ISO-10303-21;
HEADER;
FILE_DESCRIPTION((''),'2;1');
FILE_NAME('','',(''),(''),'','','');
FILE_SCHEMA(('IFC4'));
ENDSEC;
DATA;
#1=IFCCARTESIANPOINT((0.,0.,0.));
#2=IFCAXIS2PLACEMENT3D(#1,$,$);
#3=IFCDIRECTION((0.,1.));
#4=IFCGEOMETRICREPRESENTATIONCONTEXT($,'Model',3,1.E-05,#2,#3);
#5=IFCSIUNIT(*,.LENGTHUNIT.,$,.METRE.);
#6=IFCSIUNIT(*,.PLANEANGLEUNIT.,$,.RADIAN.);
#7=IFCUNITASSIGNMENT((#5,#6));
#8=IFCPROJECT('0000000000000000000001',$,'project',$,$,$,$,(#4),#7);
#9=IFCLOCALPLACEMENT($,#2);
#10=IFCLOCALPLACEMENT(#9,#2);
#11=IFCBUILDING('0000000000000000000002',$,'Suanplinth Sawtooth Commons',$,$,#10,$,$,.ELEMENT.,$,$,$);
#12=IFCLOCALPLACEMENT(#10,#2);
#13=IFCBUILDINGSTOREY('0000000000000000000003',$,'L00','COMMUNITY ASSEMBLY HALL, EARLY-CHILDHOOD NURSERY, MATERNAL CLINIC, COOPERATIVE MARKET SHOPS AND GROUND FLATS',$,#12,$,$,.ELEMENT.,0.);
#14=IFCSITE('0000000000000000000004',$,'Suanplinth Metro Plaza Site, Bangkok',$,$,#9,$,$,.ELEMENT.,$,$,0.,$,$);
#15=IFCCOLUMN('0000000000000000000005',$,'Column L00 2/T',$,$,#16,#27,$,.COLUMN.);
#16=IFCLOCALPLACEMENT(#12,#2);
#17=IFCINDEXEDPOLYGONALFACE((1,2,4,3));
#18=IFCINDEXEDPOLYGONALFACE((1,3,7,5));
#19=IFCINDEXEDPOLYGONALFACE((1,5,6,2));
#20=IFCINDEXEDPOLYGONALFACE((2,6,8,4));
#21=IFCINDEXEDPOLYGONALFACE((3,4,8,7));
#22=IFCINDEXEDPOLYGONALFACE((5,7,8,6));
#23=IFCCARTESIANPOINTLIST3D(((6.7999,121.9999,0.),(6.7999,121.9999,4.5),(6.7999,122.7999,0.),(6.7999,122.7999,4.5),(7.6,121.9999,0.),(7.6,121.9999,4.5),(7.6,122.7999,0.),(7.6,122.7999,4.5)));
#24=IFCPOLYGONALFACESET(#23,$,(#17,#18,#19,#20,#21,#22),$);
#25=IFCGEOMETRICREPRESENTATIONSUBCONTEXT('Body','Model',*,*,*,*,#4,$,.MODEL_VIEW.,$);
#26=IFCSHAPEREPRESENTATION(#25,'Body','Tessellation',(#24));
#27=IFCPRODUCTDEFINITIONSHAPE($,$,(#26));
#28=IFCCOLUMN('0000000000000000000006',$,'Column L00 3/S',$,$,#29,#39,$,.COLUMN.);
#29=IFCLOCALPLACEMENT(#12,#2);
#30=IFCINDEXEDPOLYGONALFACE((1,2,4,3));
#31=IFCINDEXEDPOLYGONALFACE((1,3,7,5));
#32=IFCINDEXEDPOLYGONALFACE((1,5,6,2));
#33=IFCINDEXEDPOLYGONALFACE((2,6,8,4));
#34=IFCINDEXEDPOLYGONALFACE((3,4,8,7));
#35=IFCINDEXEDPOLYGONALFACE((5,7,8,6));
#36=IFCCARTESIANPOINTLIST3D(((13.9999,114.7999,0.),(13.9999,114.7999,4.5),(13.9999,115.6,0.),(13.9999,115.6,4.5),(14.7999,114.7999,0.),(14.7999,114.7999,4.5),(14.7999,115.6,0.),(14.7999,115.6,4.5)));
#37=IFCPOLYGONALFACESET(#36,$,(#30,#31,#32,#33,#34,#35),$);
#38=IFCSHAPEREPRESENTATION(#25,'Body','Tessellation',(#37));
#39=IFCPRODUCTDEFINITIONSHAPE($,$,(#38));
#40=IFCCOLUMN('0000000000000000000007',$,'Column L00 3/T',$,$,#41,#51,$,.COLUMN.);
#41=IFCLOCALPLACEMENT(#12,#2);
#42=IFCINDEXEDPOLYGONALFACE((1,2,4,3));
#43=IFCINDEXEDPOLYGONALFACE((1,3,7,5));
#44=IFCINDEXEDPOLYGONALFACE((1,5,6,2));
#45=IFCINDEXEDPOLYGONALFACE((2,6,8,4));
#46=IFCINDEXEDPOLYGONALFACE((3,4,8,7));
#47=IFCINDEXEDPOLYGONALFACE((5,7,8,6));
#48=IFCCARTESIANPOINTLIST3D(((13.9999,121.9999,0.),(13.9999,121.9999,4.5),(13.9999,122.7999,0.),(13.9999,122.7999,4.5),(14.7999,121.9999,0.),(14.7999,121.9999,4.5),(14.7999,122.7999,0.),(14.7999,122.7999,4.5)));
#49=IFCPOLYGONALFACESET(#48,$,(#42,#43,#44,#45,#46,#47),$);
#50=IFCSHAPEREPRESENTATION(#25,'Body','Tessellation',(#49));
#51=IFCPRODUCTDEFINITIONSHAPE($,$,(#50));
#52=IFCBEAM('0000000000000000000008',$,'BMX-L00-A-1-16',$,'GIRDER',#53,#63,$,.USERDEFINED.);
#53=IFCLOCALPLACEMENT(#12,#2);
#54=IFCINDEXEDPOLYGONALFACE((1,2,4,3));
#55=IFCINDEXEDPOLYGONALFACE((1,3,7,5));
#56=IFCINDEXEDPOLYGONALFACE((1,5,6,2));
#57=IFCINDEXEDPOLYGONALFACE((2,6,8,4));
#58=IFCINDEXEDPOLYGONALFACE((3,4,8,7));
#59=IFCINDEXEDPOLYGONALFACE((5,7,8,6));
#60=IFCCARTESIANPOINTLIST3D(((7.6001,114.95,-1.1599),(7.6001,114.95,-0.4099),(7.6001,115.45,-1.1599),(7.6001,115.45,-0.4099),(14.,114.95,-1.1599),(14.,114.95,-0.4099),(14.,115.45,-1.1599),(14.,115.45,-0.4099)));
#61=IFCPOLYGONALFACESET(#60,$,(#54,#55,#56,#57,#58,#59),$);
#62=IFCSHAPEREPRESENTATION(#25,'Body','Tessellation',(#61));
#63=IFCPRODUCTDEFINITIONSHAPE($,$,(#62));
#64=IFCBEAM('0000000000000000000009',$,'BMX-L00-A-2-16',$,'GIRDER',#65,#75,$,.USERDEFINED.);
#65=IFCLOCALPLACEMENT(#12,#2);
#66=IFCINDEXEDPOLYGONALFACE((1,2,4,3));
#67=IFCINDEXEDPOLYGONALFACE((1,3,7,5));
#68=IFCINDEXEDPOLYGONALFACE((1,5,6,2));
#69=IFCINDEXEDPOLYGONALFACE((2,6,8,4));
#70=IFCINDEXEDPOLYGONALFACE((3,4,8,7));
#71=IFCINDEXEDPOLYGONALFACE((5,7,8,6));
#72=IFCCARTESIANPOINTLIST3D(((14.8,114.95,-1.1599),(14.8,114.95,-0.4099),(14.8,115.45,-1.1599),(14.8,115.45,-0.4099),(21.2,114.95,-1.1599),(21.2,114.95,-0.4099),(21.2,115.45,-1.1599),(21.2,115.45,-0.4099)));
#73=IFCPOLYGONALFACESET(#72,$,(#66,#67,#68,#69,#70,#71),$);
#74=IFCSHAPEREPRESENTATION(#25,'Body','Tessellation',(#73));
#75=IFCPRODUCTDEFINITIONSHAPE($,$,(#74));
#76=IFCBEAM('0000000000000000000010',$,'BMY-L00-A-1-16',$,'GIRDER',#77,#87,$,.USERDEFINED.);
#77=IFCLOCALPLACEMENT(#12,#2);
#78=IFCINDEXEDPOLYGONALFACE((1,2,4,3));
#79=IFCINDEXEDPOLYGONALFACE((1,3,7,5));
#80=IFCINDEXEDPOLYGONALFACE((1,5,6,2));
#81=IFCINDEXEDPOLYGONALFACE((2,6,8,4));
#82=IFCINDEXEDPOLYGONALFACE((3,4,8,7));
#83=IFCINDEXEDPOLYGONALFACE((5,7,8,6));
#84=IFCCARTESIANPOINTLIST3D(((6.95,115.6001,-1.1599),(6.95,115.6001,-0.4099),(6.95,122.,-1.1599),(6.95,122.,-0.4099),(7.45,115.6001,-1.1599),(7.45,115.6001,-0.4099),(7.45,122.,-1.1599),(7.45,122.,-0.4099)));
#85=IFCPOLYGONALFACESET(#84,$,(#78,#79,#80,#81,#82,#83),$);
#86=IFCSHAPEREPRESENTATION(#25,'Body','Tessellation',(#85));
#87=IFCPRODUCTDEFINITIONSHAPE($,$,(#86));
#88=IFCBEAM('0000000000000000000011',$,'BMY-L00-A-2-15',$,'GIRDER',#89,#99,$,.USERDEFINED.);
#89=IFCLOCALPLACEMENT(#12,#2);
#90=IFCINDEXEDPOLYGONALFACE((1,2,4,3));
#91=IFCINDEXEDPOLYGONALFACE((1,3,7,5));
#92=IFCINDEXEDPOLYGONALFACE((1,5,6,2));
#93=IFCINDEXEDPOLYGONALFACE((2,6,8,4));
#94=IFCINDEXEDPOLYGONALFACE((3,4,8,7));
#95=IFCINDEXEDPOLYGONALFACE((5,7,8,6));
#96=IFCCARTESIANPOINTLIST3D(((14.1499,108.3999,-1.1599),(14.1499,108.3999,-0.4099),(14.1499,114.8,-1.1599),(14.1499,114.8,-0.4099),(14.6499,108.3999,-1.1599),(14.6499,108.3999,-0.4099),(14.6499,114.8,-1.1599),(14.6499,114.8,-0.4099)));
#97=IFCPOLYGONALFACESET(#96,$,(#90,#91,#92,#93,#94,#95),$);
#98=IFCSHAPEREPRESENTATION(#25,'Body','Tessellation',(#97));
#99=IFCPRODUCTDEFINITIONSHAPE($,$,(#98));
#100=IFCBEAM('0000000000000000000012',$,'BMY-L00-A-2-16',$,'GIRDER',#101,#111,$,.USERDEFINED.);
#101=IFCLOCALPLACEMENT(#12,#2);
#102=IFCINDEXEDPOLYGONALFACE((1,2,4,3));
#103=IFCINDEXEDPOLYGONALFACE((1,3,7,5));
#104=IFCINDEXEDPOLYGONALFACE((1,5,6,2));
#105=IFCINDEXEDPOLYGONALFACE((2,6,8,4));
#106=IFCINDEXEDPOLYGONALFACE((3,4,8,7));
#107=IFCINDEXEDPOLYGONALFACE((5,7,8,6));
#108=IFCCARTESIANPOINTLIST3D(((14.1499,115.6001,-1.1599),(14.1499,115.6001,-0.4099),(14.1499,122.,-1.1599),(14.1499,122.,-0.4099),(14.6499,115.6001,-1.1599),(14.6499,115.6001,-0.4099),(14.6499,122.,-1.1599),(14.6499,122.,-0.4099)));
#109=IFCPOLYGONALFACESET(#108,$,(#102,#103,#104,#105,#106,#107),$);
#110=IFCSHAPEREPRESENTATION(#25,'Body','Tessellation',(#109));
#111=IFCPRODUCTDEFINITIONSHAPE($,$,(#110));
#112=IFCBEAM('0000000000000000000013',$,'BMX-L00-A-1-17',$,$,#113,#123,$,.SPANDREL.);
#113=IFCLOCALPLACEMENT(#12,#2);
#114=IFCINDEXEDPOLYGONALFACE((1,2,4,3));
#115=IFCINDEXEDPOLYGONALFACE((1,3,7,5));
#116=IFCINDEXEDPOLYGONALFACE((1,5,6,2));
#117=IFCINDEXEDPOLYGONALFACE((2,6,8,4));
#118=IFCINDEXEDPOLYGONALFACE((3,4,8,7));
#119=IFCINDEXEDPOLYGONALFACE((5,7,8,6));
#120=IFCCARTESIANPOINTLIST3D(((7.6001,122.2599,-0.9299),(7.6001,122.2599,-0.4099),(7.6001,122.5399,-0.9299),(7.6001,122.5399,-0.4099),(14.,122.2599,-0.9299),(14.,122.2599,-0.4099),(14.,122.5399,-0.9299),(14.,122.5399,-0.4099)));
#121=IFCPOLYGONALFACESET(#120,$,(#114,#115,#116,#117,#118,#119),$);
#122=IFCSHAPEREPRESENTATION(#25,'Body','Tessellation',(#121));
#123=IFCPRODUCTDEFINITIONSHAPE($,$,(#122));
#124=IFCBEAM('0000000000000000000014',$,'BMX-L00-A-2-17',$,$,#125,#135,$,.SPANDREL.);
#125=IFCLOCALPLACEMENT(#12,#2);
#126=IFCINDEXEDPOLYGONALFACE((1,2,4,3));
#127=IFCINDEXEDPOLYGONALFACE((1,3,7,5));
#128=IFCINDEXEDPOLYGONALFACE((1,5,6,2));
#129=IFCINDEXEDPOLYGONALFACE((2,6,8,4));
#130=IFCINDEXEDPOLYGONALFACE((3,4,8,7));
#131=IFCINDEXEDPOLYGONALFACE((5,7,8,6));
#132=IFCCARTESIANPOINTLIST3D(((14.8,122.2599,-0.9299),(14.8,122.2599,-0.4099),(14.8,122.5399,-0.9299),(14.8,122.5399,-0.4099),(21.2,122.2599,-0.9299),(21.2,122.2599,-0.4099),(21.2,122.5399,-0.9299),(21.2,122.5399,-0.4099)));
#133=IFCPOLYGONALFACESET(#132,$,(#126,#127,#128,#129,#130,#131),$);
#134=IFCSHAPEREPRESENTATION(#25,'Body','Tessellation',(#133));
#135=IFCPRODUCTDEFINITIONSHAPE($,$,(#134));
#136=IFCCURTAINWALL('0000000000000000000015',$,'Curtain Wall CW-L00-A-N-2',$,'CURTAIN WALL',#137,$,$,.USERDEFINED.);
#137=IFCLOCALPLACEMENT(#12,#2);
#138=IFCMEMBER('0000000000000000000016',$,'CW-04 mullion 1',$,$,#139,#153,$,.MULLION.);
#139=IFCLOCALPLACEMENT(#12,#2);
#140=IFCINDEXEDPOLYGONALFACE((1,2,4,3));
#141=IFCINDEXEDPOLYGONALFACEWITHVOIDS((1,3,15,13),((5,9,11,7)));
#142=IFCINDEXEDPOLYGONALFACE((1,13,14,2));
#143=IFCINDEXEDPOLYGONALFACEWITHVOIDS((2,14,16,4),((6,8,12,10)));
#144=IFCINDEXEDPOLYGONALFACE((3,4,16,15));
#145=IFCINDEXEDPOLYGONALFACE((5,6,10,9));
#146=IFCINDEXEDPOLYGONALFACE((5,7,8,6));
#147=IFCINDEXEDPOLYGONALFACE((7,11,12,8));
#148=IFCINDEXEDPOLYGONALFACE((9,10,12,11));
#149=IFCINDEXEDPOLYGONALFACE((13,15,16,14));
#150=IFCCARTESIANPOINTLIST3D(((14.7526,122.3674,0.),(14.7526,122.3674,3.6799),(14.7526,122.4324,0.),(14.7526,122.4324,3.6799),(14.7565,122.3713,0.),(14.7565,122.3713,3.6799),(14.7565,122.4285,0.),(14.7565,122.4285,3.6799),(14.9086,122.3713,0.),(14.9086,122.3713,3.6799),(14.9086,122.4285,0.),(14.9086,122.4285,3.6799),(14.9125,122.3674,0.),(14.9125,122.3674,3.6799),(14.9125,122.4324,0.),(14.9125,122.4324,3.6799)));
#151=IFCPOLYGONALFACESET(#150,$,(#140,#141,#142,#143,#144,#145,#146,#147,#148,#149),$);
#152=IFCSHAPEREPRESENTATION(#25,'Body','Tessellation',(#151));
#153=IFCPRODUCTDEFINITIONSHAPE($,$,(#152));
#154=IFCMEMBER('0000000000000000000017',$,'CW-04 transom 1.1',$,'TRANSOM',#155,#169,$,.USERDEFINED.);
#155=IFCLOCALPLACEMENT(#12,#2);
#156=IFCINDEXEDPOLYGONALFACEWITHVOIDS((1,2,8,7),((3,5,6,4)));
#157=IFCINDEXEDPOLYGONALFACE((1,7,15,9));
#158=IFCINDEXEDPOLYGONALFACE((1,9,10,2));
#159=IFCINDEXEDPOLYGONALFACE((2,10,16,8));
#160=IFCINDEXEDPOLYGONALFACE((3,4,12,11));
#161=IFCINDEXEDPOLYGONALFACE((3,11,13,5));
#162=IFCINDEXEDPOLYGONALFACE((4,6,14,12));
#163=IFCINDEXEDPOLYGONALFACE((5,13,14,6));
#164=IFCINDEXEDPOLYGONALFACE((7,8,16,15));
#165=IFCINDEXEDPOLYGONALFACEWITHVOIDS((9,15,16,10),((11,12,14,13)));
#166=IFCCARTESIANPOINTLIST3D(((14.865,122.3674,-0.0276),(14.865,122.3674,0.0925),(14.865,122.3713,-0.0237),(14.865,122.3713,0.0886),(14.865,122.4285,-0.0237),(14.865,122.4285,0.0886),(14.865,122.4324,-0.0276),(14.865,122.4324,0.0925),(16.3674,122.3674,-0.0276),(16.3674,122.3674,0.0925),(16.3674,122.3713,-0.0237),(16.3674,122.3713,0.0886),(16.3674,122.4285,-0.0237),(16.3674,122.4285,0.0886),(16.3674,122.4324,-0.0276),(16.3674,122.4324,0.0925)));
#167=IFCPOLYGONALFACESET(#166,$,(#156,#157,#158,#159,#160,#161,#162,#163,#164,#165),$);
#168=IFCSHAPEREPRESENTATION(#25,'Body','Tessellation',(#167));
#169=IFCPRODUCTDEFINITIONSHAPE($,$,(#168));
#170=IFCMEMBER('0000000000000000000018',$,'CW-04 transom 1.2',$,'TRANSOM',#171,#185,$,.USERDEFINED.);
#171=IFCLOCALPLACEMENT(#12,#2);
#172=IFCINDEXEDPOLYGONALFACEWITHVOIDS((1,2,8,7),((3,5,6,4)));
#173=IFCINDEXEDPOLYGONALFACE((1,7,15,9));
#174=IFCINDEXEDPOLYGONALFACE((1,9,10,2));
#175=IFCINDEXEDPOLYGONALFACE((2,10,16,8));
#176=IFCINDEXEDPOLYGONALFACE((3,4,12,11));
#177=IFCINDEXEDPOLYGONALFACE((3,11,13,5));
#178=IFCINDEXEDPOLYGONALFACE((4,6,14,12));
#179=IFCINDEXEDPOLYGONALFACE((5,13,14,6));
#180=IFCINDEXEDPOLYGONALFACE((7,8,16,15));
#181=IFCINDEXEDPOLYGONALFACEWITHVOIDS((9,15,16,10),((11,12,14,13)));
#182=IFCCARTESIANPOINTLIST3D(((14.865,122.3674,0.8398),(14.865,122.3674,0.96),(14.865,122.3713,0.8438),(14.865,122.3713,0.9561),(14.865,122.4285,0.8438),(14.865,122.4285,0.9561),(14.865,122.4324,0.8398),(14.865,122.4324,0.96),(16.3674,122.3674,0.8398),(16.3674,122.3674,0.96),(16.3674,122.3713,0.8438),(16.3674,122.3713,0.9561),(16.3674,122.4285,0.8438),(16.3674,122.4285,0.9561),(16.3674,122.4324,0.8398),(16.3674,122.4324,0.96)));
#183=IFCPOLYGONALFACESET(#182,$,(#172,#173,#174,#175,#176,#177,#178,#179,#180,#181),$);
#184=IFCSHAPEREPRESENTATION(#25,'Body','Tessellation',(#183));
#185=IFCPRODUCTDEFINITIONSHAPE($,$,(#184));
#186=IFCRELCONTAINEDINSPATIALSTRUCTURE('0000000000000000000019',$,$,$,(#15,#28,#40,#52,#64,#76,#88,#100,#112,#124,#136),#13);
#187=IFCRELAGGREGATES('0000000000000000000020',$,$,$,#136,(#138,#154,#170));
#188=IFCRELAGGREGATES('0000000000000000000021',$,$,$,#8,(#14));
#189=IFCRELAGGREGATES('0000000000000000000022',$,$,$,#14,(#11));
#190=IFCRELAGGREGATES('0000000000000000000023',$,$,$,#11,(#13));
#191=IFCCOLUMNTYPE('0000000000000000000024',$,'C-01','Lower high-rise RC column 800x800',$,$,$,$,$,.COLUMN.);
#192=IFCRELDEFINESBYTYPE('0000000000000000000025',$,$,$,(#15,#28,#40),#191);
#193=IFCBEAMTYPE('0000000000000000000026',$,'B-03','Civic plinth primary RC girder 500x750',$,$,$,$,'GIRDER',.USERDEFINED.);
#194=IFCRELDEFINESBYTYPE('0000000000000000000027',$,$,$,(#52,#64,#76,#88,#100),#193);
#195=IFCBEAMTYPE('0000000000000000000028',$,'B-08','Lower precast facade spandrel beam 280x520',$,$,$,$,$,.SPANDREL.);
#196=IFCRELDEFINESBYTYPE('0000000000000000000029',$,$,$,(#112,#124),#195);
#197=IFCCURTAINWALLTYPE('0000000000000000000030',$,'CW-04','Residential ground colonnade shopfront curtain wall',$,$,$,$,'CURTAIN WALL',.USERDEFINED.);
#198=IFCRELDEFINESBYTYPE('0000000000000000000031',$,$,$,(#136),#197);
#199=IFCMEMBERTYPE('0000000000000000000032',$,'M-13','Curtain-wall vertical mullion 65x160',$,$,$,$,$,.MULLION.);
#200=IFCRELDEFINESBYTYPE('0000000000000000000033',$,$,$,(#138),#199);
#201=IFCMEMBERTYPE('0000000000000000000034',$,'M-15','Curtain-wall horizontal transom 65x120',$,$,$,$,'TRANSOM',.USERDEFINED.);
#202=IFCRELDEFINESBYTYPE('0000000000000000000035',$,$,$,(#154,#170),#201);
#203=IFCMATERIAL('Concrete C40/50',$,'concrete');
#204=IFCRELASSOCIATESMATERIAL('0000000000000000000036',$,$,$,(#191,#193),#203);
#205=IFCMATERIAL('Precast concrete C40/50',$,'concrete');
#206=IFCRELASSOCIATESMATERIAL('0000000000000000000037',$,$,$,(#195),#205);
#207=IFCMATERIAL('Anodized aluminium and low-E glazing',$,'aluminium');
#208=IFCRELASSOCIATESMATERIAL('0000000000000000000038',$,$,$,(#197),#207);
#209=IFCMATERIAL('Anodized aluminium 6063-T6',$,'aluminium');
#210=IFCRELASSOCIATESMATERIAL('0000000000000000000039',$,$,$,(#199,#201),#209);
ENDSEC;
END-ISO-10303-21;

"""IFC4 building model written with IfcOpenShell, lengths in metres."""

from ifc_helpers import new_model, si_unit, direction, frame, origin, origin_2d, place, context, subcontext, project, spatial, rectangle, hollow_rectangle, extrude, material, material_profile, profile_set, type_object, element, aggregate, save


model = new_model("IFC4")

# Units and contexts
model_context = context("Model", 3, precision=1e-05, world=origin(), true_north=direction((0.0, 1.0)))
body_context = subcontext(model_context, "Body", "Model", "MODEL_VIEW")
ifc_project = project(units=[si_unit("LENGTHUNIT", "METRE"), si_unit("PLANEANGLEUNIT", "RADIAN")], contexts=[model_context])

# Site, building, storey
site_placement = place(None, origin())
site = spatial("IfcSite", under=ifc_project, at=site_placement, Name="Suanplinth Metro Plaza Site, Bangkok", CompositionType="ELEMENT", RefElevation=0.0)
building_placement = place(site_placement, origin())
building = spatial("IfcBuilding", under=site, at=building_placement, Name="Suanplinth Sawtooth Commons", CompositionType="ELEMENT")
storey_placement = place(building_placement, origin())
storey = spatial("IfcBuildingStorey", under=building, at=storey_placement, Name="L00", Description="COMMUNITY ASSEMBLY HALL, EARLY-CHILDHOOD NURSERY, MATERNAL CLINIC, COOPERATIVE MARKET SHOPS AND GROUND FLATS", CompositionType="ELEMENT", Elevation=0.0)

# Columns
ifc_material_1 = material(Name="Concrete C40/50", Category="concrete")
ifc_material_profile_1 = material_profile(ifc_material_1, rectangle(XDim=0.8, YDim=0.8, at=origin_2d()), Name="RC-COL 800x800")
ifc_profile_set_1 = profile_set([ifc_material_profile_1], Name="Concrete C40/50")
column_type = type_object("IfcColumnType", Name="C-01", Description="Lower high-rise RC column 800x800", PredefinedType="COLUMN", material=ifc_profile_set_1)
for number, where, z_axis, x_axis, name in (
    (1, (7.2, 122.3999, 0.0), (0.0, 0.0, 1.0), (1.0, 0.0, 0.0), "Column L00 2/T"),
    (2, (14.3999, 115.2, 0.0), (0.0, 0.0, 1.0), (1.0, 0.0, 0.0), "Column L00 3/S"),
    (3, (14.3999, 122.3999, 0.0), (0.0, 0.0, 1.0), (1.0, 0.0, 0.0), "Column L00 3/T"),
):
    element("IfcColumn", number, at=place(storey_placement, frame(where, z_axis=z_axis, x_axis=x_axis)), inside=storey, type_object=column_type, Name=name, PredefinedType="COLUMN", context=body_context, shape_type="SweptSolid", body=[
        extrude(rectangle(XDim=0.8, YDim=0.8, at=origin_2d()), origin(), (0.0, 0.0, 1.0), 4.5),
    ])

# Beams
ifc_material_profile_2 = material_profile(ifc_material_1, rectangle(XDim=0.5, YDim=0.75, at=origin_2d()), Name="RC-GDR 500x750")
ifc_profile_set_2 = profile_set([ifc_material_profile_2], Name="Concrete C40/50")
beam_type_1 = type_object("IfcBeamType", Name="B-03", Description="Civic plinth primary RC girder 500x750", ElementType="GIRDER", PredefinedType="USERDEFINED", material=ifc_profile_set_2)
for number, where, z_axis, x_axis, name in (
    (4, (7.6001, 115.2, -0.7849), (1.0, 0.0, 0.0), (0.0, 1.0, 0.0), "BMX-L00-A-1-16"),
    (5, (14.8, 115.2, -0.7849), (1.0, 0.0, 0.0), (0.0, 1.0, 0.0), "BMX-L00-A-2-16"),
    (6, (7.2, 115.6001, -0.7849), (0.0, 1.0, 0.0), (-1.0, 0.0, 0.0), "BMY-L00-A-1-16"),
):
    element("IfcBeam", number, at=place(storey_placement, frame(where, z_axis=z_axis, x_axis=x_axis)), inside=storey, type_object=beam_type_1, Name=name, ObjectType="GIRDER", PredefinedType="USERDEFINED", context=body_context, shape_type="SweptSolid", body=[
        extrude(rectangle(XDim=0.5, YDim=0.75, at=origin_2d()), origin(), (0.0, 0.0, 1.0), 6.3999),
    ])
beam_1_placement = place(storey_placement, frame((14.3999, 108.3999, -0.7849), z_axis=(0.0, 1.0, 0.0), x_axis=(-1.0, 0.0, 0.0)))
element("IfcBeam", 7, at=beam_1_placement, inside=storey, type_object=beam_type_1, Name="BMY-L00-A-2-15", ObjectType="GIRDER", PredefinedType="USERDEFINED", context=body_context, shape_type="SweptSolid", body=[
    extrude(rectangle(XDim=0.5, YDim=0.75, at=origin_2d()), origin(), (0.0, 0.0, 1.0), 6.4001),
])
beam_2_placement = place(storey_placement, frame((14.3999, 115.6001, -0.7849), z_axis=(0.0, 1.0, 0.0), x_axis=(-1.0, 0.0, 0.0)))
element("IfcBeam", 8, at=beam_2_placement, inside=storey, type_object=beam_type_1, Name="BMY-L00-A-2-16", ObjectType="GIRDER", PredefinedType="USERDEFINED", context=body_context, shape_type="SweptSolid", body=[
    extrude(rectangle(XDim=0.5, YDim=0.75, at=origin_2d()), origin(), (0.0, 0.0, 1.0), 6.3999),
])
ifc_material_2 = material(Name="Precast concrete C40/50", Category="concrete")
ifc_material_profile_3 = material_profile(ifc_material_2, rectangle(XDim=0.28, YDim=0.52, at=origin_2d()), Name="PC-SP 280x520")
ifc_profile_set_3 = profile_set([ifc_material_profile_3], Name="Precast concrete C40/50")
beam_type_2 = type_object("IfcBeamType", Name="B-08", Description="Lower precast facade spandrel beam 280x520", PredefinedType="SPANDREL", material=ifc_profile_set_3)
for number, where, z_axis, x_axis, name in (
    (9, (7.6001, 122.3999, -0.6699), (1.0, 0.0, 0.0), (0.0, 1.0, 0.0), "BMX-L00-A-1-17"),
    (10, (14.8, 122.3999, -0.6699), (1.0, 0.0, 0.0), (0.0, 1.0, 0.0), "BMX-L00-A-2-17"),
):
    element("IfcBeam", number, at=place(storey_placement, frame(where, z_axis=z_axis, x_axis=x_axis)), inside=storey, type_object=beam_type_2, Name=name, PredefinedType="SPANDREL", context=body_context, shape_type="SweptSolid", body=[
        extrude(rectangle(XDim=0.28, YDim=0.52, at=origin_2d()), origin(), (0.0, 0.0, 1.0), 6.3999),
    ])

# Curtain wall, members
ifc_material_3 = material(Name="Anodized aluminium and low-E glazing", Category="aluminium")
curtain_wall_type = type_object("IfcCurtainWallType", Name="CW-04", Description="Residential ground colonnade shopfront curtain wall", ElementType="CURTAIN WALL", PredefinedType="USERDEFINED", material=ifc_material_3)
curtain_wall_placement = place(storey_placement, origin())
curtain_wall = element("IfcCurtainWall", 11, at=curtain_wall_placement, inside=storey, type_object=curtain_wall_type, Name="Curtain Wall CW-L00-A-N-2", ObjectType="CURTAIN WALL", PredefinedType="USERDEFINED")
ifc_material_4 = material(Name="Anodized aluminium 6063-T6", Category="aluminium")
ifc_material_profile_4 = material_profile(ifc_material_4, hollow_rectangle(XDim=0.0649, YDim=0.1599, WallThickness=0.0039, at=origin_2d()), Name="ALU-MUL 65x160")
ifc_profile_set_4 = profile_set([ifc_material_profile_4], Name="Anodized aluminium 6063-T6")
member_type_1 = type_object("IfcMemberType", Name="M-13", Description="Curtain-wall vertical mullion 65x160", PredefinedType="MULLION", material=ifc_profile_set_4)
member_1_placement = place(storey_placement, frame((14.8325, 122.3999, 0.0), z_axis=(0.0, 0.0, 1.0), x_axis=(0.0, 1.0, 0.0)))
member_1 = element("IfcMember", 12, at=member_1_placement, type_object=member_type_1, Name="CW-04 mullion 1", PredefinedType="MULLION", context=body_context, shape_type="SweptSolid", body=[
    extrude(hollow_rectangle(XDim=0.0649, YDim=0.1599, WallThickness=0.0039, at=origin_2d()), origin(), (0.0, 0.0, 1.0), 3.6799),
])
ifc_material_profile_5 = material_profile(ifc_material_4, hollow_rectangle(XDim=0.0649, YDim=0.1201, WallThickness=0.0039, at=origin_2d()), Name="ALU-TRN 65x120")
ifc_profile_set_5 = profile_set([ifc_material_profile_5], Name="Anodized aluminium 6063-T6")
member_type_2 = type_object("IfcMemberType", Name="M-15", Description="Curtain-wall horizontal transom 65x120", ElementType="TRANSOM", PredefinedType="USERDEFINED", material=ifc_profile_set_5)
member_2_placement = place(storey_placement, frame((14.865, 122.3999, 0.0325), z_axis=(1.0, 0.0, 0.0), x_axis=(0.0, 1.0, 0.0)))
member_2 = element("IfcMember", 13, at=member_2_placement, type_object=member_type_2, Name="CW-04 transom 1.1", ObjectType="TRANSOM", PredefinedType="USERDEFINED", context=body_context, shape_type="SweptSolid", body=[
    extrude(hollow_rectangle(XDim=0.0649, YDim=0.1201, WallThickness=0.0039, at=origin_2d()), origin(), (0.0, 0.0, 1.0), 1.5024),
])
member_3_placement = place(storey_placement, frame((14.865, 122.3999, 0.8999), z_axis=(1.0, 0.0, 0.0), x_axis=(0.0, 1.0, 0.0)))
member_3 = element("IfcMember", 14, at=member_3_placement, type_object=member_type_2, Name="CW-04 transom 1.2", ObjectType="TRANSOM", PredefinedType="USERDEFINED", context=body_context, shape_type="SweptSolid", body=[
    extrude(hollow_rectangle(XDim=0.0649, YDim=0.1201, WallThickness=0.0039, at=origin_2d()), origin(), (0.0, 0.0, 1.0), 1.5024),
])
aggregate(curtain_wall, [member_1, member_2, member_3])

save(model, "model.ifc")
